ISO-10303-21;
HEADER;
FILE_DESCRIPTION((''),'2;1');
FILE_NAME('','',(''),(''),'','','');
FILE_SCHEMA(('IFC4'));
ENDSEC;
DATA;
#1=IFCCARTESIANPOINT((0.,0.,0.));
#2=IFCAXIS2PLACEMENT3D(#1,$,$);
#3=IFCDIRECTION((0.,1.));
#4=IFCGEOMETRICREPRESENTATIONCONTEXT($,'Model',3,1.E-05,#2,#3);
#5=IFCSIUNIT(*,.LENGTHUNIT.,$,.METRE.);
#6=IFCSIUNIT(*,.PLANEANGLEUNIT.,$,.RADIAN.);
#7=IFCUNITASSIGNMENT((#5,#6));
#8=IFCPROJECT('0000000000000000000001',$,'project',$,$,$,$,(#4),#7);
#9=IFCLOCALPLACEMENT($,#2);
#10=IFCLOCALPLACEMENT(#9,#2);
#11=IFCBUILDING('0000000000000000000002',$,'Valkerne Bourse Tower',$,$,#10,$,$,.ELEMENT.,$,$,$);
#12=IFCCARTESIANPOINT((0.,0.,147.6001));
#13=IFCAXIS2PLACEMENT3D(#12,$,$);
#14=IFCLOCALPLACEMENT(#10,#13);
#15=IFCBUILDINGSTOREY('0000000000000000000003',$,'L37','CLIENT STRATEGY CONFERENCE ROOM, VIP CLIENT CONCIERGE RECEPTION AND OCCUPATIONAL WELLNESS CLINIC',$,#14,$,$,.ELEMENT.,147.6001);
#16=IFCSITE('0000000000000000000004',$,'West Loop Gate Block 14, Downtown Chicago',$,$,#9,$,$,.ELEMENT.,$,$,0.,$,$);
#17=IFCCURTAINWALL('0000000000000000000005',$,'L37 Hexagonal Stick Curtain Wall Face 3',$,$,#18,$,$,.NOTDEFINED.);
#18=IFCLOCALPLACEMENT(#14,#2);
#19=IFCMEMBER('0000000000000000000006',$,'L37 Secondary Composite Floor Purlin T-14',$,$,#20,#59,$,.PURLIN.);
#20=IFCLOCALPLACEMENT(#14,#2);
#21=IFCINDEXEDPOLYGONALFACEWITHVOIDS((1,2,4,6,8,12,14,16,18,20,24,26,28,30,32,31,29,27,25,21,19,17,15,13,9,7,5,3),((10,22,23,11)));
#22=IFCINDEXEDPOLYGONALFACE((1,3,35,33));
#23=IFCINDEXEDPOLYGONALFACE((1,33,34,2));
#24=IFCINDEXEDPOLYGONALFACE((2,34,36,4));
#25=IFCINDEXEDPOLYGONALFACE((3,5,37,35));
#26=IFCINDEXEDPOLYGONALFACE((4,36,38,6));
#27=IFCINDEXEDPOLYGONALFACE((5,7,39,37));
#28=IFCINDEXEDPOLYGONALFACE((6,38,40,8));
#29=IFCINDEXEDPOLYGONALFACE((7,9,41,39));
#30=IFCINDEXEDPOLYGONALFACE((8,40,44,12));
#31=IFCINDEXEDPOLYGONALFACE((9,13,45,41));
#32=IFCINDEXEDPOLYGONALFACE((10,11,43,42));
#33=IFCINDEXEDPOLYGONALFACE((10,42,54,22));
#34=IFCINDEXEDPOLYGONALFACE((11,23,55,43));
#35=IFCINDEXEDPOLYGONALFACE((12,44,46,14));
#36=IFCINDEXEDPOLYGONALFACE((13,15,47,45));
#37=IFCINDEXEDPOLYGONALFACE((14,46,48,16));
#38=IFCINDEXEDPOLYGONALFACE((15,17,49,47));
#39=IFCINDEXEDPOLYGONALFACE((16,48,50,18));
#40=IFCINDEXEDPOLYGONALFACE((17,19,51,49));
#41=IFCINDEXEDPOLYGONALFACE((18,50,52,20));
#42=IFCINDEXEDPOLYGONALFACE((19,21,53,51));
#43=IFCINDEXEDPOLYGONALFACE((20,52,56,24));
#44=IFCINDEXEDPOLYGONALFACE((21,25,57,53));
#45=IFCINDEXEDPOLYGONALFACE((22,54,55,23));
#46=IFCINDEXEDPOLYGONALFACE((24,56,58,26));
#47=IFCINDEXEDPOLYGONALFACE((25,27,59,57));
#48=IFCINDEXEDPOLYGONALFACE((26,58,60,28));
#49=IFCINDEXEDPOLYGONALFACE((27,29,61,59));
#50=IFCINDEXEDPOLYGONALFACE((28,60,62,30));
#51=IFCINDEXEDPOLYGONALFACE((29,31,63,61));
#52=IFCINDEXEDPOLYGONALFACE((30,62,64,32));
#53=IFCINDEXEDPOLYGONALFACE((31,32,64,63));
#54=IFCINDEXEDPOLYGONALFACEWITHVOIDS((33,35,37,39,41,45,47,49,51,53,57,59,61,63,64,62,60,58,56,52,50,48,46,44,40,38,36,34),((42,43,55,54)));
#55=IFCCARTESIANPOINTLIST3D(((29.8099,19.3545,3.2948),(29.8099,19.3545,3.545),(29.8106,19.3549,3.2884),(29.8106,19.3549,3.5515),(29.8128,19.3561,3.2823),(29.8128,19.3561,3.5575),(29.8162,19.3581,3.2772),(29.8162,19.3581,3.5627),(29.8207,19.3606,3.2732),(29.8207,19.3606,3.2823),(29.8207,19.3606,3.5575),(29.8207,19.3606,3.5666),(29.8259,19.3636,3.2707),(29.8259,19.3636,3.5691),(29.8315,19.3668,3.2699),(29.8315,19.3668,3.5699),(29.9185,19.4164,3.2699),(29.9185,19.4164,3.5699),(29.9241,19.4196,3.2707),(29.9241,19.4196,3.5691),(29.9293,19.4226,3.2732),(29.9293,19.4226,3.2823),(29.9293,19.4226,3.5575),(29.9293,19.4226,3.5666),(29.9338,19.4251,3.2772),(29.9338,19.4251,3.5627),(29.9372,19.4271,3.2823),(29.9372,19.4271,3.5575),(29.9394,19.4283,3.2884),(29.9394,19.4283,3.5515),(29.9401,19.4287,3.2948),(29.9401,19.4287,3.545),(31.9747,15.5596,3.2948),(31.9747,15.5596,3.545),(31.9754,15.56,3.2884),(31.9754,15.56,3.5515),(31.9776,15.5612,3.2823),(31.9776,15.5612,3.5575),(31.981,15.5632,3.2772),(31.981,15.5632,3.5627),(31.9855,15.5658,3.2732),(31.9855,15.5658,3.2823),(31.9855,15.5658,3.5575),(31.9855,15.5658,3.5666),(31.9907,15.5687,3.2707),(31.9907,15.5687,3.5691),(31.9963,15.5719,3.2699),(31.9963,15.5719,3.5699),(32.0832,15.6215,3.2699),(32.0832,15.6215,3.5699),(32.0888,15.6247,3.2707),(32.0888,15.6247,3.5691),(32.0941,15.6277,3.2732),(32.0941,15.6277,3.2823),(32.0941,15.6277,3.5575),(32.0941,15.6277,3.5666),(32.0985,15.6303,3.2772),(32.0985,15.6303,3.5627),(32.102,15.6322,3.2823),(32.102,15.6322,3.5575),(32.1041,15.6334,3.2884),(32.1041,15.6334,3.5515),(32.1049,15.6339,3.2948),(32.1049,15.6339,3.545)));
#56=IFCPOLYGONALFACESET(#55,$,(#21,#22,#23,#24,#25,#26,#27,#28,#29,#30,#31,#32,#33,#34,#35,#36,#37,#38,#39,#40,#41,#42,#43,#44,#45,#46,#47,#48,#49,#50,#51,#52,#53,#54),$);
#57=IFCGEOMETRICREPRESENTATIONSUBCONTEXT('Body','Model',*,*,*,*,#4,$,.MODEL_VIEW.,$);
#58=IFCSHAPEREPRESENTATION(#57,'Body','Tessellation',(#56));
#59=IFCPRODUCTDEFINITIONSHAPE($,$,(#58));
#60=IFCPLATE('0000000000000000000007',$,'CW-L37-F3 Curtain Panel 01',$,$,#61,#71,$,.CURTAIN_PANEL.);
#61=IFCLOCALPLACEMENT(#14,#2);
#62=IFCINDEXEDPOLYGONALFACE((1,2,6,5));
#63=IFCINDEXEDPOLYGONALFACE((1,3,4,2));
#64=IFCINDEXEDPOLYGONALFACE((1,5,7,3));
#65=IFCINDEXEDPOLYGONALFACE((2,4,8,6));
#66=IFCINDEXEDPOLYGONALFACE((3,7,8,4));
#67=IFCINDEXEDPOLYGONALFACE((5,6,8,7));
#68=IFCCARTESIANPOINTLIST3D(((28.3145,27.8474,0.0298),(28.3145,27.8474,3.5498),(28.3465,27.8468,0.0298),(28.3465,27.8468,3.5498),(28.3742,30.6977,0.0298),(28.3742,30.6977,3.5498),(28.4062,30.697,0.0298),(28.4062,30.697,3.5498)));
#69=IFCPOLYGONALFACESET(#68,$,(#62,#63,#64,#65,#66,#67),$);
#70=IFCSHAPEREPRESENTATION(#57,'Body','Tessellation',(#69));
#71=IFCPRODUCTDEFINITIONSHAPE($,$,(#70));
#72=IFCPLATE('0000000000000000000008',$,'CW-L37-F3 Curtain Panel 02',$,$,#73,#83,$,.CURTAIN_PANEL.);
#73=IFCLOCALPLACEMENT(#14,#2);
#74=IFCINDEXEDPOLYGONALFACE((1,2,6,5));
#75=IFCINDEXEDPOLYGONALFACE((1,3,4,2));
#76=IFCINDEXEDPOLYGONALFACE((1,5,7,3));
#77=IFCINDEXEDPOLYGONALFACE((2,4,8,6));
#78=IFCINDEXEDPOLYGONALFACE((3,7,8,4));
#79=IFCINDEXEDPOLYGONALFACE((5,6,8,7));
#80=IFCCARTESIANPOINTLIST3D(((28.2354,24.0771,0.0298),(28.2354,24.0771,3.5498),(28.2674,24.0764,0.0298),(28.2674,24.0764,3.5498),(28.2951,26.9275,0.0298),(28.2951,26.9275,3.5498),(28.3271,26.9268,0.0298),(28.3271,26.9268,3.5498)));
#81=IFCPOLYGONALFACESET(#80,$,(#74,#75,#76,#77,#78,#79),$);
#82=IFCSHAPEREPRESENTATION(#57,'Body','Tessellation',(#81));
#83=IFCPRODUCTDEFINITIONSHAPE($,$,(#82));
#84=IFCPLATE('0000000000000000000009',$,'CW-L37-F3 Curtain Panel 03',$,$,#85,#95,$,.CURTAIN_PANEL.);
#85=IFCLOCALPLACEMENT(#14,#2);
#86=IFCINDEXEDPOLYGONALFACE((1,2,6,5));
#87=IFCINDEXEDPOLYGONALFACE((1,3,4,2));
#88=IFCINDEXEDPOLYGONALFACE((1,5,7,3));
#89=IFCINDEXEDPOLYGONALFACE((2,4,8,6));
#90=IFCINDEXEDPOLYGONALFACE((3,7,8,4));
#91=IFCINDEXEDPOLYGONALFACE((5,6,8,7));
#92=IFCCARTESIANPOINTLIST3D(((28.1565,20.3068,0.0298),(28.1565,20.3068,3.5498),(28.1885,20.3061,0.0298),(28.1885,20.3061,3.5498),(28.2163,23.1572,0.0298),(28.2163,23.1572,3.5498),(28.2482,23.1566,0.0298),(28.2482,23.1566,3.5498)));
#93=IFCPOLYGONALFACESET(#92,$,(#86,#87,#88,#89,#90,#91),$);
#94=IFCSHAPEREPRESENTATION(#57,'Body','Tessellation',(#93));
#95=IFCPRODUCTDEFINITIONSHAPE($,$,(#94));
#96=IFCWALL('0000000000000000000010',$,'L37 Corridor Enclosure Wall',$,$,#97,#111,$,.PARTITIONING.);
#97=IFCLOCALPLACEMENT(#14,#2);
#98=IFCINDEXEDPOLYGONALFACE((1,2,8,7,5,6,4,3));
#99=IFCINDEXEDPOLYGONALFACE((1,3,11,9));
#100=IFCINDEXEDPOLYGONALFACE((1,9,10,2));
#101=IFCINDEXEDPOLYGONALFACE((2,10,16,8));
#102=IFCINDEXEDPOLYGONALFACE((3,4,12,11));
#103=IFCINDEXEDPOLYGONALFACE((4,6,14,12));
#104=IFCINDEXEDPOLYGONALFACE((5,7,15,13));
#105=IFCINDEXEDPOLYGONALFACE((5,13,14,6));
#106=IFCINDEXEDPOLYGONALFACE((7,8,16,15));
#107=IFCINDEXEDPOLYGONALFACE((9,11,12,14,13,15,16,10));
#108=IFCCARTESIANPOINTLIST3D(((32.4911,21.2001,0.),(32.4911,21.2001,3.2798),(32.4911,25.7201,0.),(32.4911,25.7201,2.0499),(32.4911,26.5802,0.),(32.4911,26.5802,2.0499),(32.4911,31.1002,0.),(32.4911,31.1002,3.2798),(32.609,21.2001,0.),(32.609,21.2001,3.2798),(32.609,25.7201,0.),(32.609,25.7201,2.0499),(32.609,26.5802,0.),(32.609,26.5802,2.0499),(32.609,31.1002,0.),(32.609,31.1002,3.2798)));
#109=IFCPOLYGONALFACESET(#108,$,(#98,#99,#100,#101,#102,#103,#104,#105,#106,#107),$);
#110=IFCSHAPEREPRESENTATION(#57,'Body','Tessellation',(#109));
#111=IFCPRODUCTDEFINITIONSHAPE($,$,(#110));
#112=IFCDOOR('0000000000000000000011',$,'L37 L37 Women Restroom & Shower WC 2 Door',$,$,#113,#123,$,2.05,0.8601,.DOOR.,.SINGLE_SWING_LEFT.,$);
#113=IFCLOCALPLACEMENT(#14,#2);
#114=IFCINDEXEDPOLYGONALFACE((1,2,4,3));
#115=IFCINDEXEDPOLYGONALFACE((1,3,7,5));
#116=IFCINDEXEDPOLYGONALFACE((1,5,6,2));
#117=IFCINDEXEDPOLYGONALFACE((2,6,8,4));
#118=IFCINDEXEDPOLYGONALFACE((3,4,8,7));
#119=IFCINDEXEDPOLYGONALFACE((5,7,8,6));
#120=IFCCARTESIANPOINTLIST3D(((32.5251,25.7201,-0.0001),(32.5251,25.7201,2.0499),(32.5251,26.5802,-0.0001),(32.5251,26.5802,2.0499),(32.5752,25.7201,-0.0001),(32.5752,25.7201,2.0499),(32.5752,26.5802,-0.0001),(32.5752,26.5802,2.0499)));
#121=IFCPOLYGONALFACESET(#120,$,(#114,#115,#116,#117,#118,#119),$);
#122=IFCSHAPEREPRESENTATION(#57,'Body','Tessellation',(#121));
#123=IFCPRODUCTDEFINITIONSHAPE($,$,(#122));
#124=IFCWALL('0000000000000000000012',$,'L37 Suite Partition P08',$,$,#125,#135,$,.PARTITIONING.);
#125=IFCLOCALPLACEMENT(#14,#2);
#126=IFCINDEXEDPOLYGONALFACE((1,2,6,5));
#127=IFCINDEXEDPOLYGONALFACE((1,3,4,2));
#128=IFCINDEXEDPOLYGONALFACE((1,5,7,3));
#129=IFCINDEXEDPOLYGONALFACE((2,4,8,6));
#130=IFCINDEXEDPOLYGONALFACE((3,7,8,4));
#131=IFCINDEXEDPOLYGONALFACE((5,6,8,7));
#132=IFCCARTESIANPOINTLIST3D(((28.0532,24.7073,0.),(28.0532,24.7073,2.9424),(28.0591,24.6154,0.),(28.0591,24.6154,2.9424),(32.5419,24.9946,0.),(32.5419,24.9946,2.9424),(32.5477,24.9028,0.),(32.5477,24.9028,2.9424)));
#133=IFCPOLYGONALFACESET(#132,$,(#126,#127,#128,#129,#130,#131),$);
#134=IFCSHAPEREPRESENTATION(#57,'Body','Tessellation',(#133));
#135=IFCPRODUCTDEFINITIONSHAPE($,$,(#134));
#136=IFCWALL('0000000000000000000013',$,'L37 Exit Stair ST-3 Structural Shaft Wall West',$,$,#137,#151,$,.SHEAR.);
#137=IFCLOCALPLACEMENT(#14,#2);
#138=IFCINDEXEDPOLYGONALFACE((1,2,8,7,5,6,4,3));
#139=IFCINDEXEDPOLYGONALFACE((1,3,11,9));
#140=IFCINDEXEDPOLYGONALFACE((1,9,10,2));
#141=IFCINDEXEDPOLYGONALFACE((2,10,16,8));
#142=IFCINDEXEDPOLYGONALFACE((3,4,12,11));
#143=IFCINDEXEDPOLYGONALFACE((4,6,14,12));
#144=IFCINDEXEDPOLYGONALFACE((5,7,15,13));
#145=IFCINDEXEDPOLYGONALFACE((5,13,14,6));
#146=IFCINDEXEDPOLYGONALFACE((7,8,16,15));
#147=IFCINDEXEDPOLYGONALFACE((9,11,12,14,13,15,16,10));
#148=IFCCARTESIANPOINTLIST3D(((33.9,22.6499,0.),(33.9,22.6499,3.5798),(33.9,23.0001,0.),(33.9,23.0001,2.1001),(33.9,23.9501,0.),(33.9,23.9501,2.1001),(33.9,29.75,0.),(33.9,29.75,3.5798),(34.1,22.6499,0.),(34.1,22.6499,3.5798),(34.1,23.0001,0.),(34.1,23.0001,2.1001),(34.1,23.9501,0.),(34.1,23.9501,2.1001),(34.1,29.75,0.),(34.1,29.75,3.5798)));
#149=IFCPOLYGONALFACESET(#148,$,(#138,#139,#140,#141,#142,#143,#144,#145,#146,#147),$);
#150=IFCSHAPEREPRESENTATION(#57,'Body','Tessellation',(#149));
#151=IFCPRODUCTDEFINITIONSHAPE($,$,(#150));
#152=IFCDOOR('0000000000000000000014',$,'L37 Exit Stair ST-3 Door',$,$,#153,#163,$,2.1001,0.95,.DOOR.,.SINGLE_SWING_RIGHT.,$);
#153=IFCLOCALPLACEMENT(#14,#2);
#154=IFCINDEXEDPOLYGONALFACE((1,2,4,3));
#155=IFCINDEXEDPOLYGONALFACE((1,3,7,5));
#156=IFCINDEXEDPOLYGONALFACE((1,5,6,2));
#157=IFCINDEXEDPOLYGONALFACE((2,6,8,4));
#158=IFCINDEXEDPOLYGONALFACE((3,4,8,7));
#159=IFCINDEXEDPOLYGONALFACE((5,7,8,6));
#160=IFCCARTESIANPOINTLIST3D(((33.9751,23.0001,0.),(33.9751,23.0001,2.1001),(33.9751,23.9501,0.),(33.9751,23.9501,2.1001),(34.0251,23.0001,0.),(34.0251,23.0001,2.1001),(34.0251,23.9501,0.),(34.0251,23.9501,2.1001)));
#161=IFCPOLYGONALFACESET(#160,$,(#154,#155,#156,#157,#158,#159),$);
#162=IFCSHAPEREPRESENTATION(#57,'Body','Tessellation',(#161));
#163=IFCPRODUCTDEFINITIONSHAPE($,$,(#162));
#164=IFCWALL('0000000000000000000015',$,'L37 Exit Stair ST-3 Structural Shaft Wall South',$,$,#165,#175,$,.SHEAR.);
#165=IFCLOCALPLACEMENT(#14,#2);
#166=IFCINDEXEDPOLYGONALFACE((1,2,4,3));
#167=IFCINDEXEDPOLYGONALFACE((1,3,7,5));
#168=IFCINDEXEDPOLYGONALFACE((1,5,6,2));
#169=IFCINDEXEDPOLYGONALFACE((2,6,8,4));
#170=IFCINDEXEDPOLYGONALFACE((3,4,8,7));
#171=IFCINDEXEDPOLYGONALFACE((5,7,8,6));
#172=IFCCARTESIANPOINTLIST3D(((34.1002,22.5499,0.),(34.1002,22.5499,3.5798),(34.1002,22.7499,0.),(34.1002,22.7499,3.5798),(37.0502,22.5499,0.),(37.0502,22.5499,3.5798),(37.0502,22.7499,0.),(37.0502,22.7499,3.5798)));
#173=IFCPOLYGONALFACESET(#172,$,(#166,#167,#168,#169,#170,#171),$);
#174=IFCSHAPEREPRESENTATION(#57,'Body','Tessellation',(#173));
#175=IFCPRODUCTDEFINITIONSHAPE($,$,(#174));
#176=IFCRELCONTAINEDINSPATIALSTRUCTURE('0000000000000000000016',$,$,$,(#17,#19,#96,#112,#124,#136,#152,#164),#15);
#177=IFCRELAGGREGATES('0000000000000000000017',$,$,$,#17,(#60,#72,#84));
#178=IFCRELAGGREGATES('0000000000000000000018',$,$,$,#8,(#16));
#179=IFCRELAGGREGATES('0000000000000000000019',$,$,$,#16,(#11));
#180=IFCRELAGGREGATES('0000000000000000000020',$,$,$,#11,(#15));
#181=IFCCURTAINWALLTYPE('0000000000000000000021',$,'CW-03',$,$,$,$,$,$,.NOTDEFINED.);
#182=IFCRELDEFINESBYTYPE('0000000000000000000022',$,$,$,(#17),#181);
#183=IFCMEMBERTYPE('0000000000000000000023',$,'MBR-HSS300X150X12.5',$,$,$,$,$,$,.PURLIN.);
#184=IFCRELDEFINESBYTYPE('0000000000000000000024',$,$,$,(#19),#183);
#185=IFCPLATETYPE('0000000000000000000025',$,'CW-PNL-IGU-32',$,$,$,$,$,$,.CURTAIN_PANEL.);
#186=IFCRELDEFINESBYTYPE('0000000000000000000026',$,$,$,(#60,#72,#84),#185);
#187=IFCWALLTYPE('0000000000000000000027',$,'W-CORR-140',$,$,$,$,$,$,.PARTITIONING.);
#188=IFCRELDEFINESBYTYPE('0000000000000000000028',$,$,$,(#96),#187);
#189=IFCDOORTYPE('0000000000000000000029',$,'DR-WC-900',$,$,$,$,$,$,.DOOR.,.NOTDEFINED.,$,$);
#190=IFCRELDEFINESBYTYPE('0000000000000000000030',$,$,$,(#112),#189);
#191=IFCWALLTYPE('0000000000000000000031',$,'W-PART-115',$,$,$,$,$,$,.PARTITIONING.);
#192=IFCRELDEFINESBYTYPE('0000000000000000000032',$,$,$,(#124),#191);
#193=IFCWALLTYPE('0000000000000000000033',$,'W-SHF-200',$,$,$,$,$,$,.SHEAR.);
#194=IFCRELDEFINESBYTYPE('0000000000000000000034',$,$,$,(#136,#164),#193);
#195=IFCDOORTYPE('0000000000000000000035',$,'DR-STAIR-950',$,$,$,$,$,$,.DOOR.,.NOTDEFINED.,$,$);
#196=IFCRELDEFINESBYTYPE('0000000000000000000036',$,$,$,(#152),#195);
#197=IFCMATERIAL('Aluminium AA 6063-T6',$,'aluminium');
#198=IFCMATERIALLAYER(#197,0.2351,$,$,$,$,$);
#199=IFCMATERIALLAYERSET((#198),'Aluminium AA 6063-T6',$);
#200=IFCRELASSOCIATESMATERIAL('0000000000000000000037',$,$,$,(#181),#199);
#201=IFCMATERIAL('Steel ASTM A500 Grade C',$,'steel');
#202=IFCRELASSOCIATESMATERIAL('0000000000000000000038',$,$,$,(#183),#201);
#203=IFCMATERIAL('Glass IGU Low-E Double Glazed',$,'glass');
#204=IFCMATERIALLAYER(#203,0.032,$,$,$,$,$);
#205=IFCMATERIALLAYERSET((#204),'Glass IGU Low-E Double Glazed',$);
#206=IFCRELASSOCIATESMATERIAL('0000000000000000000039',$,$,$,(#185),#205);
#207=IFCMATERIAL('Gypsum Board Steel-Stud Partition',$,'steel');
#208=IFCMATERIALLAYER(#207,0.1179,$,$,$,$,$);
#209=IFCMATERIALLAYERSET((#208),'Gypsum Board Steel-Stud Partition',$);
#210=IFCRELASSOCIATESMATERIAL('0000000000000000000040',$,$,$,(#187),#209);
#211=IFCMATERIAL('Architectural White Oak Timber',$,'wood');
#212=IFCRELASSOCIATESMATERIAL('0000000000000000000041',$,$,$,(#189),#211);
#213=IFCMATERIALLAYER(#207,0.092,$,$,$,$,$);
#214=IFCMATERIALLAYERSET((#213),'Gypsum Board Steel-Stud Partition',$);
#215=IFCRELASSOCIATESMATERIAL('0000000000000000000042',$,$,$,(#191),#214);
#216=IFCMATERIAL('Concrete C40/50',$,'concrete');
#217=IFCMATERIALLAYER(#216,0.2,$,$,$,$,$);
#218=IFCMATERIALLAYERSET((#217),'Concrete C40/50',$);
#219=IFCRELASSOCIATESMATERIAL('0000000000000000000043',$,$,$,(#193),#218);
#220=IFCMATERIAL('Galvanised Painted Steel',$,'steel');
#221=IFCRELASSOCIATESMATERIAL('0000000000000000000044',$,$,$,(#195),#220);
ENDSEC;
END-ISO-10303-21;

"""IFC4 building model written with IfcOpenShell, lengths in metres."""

from ifc_helpers import new_model, si_unit, direction, frame, frame_2d, origin, origin_2d, place, context, subcontext, project, spatial, rectangle, hollow_rectangle, extrude, material, layer, layer_set, material_profile, profile_set, type_object, element, fill, aggregate, save


model = new_model("IFC4")

# Units and contexts
model_context = context("Model", 3, precision=1e-05, world=origin(), true_north=direction((0.0, 1.0)))
body_context = subcontext(model_context, "Body", "Model", "MODEL_VIEW")
ifc_project = project(units=[si_unit("LENGTHUNIT", "METRE"), si_unit("PLANEANGLEUNIT", "RADIAN")], contexts=[model_context])

# Site, building, storey
site_placement = place(None, origin())
site = spatial("IfcSite", under=ifc_project, at=site_placement, Name="West Loop Gate Block 14, Downtown Chicago", CompositionType="ELEMENT", RefElevation=0.0)
building_placement = place(site_placement, origin())
building = spatial("IfcBuilding", under=site, at=building_placement, Name="Valkerne Bourse Tower", CompositionType="ELEMENT")
storey_placement = place(building_placement, frame((0.0, 0.0, 147.6001)))
storey = spatial("IfcBuildingStorey", under=building, at=storey_placement, Name="L37", Description="CLIENT STRATEGY CONFERENCE ROOM, VIP CLIENT CONCIERGE RECEPTION AND OCCUPATIONAL WELLNESS CLINIC", CompositionType="ELEMENT", Elevation=147.6001)

# Curtain wall
ifc_material_1 = material(Name="Aluminium AA 6063-T6", Category="aluminium")
ifc_layer_1 = layer(ifc_material_1, 0.2351)
ifc_layer_set_1 = layer_set([ifc_layer_1], Name="Aluminium AA 6063-T6")
curtain_wall_type = type_object("IfcCurtainWallType", Name="CW-03", PredefinedType="NOTDEFINED", material=ifc_layer_set_1)
curtain_wall_placement = place(storey_placement, origin())
curtain_wall = element("IfcCurtainWall", 1, at=curtain_wall_placement, inside=storey, type_object=curtain_wall_type, Name="L37 Hexagonal Stick Curtain Wall Face 3", PredefinedType="NOTDEFINED")

# Member
ifc_material_2 = material(Name="Steel ASTM A500 Grade C", Category="steel")
ifc_material_profile_1 = material_profile(ifc_material_2, hollow_rectangle(XDim=0.1499, YDim=0.3, WallThickness=0.0125, OuterFilletRadius=0.0249, at=origin_2d()), Name="HSS300X150X12.5")
ifc_profile_set_1 = profile_set([ifc_material_profile_1], Name="Steel ASTM A500 Grade C")
member_type_1 = type_object("IfcMemberType", Name="MBR-HSS300X150X12.5", PredefinedType="PURLIN", material=ifc_profile_set_1)
member_1_placement = place(storey_placement, frame((29.875, 19.3916, 3.4199), z_axis=(0.495495, -0.868611, 0.0), x_axis=(0.868611, 0.495495, 0.0)))
element("IfcMember", 2, at=member_1_placement, inside=storey, type_object=member_type_1, Name="L37 Secondary Composite Floor Purlin T-14", PredefinedType="PURLIN", context=body_context, shape_type="SweptSolid", body=[
    extrude(hollow_rectangle(XDim=0.1499, YDim=0.3, WallThickness=0.0125, OuterFilletRadius=0.0249, at=origin_2d()), origin(), (0.0, 0.0, 1.0), 4.3689),
])

# Plates
ifc_material_3 = material(Name="Glass IGU Low-E Double Glazed", Category="glass")
ifc_layer_2 = layer(ifc_material_3, 0.032)
ifc_layer_set_2 = layer_set([ifc_layer_2], Name="Glass IGU Low-E Double Glazed")
plate_type = type_object("IfcPlateType", Name="CW-PNL-IGU-32", PredefinedType="CURTAIN_PANEL", material=ifc_layer_set_2)
plate_1_placement = place(storey_placement, frame((28.3604, 29.2722, 0.0298), z_axis=(0.0, 0.0, 1.0), x_axis=(-0.02095, -0.999781, 0.0)))
plate_1 = element("IfcPlate", 3, at=plate_1_placement, type_object=plate_type, Name="CW-L37-F3 Curtain Panel 01", PredefinedType="CURTAIN_PANEL", context=body_context, shape_type="SweptSolid", body=[
    extrude(rectangle(XDim=2.8508, YDim=0.032, at=origin_2d()), origin(), (0.0, 0.0, 1.0), 3.52),
])
plate_2_placement = place(storey_placement, frame((28.2812, 25.502, 0.0298), z_axis=(0.0, 0.0, 1.0), x_axis=(-0.020923, -0.999781, 0.0)))
plate_2 = element("IfcPlate", 4, at=plate_2_placement, type_object=plate_type, Name="CW-L37-F3 Curtain Panel 02", PredefinedType="CURTAIN_PANEL", context=body_context, shape_type="SweptSolid", body=[
    extrude(rectangle(XDim=2.8511, YDim=0.032, at=origin_2d()), origin(), (0.0, 0.0, 1.0), 3.52),
])
plate_3_placement = place(storey_placement, frame((28.2024, 21.7317, 0.0298), z_axis=(0.0, 0.0, 1.0), x_axis=(-0.020949, -0.999781, 0.0)))
plate_3 = element("IfcPlate", 5, at=plate_3_placement, type_object=plate_type, Name="CW-L37-F3 Curtain Panel 03", PredefinedType="CURTAIN_PANEL", context=body_context, shape_type="SweptSolid", body=[
    extrude(rectangle(XDim=2.8511, YDim=0.032, at=origin_2d()), origin(), (0.0, 0.0, 1.0), 3.52),
])
aggregate(curtain_wall, [plate_1, plate_2, plate_3])

# Wall, opening, door
ifc_material_4 = material(Name="Gypsum Board Steel-Stud Partition", Category="steel")
ifc_layer_3 = layer(ifc_material_4, 0.1179)
ifc_layer_set_3 = layer_set([ifc_layer_3], Name="Gypsum Board Steel-Stud Partition")
wall_type_1 = type_object("IfcWallType", Name="W-CORR-140", PredefinedType="PARTITIONING", material=ifc_layer_set_3)
wall_1_placement = place(storey_placement, frame((32.55, 21.2, 0.0), z_axis=(0.0, 0.0, 1.0), x_axis=(0.0, 1.0, 0.0)))
wall_1 = element("IfcWall", 6, at=wall_1_placement, inside=storey, type_object=wall_type_1, Name="L37 Corridor Enclosure Wall", PredefinedType="PARTITIONING", context=body_context, shape_type="SweptSolid", body=[
    extrude(rectangle(XDim=9.9001, YDim=0.1179, at=frame_2d((4.9502, 0.0))), origin(), (0.0, 0.0, 1.0), 3.2798),
])
opening_1_placement = place(wall_1_placement, frame((4.52, 0.0, 0.0)))
opening_1 = element("IfcOpeningElement", 7, at=opening_1_placement, cuts=wall_1, PredefinedType="OPENING", context=body_context, shape_type="SweptSolid", body=[
    extrude(rectangle(XDim=0.8601, YDim=2.05, at=frame_2d((0.4302, 1.0249))), frame((0.0, 0.0688, 0.0), z_axis=(0.0, -1.0, 0.0), x_axis=(1.0, 0.0, 0.0)), (0.0, 0.0, 1.0), 0.1379),
])
ifc_material_5 = material(Name="Architectural White Oak Timber", Category="wood")
door_type_1 = type_object("IfcDoorType", Name="DR-WC-900", OperationType="NOTDEFINED", PredefinedType="DOOR", material=ifc_material_5)
door_1_placement = place(opening_1_placement, origin())
door_1 = element("IfcDoor", 8, at=door_1_placement, inside=storey, type_object=door_type_1, Name="L37 L37 Women Restroom & Shower WC 2 Door", OperationType="SINGLE_SWING_LEFT", OverallHeight=2.05, OverallWidth=0.8601, PredefinedType="DOOR", context=body_context, shape_type="SweptSolid", body=[
    extrude(rectangle(XDim=0.8601, YDim=2.05, at=frame_2d((0.4302, 1.0249))), frame((0.0, 0.0249, 0.0), z_axis=(0.0, -1.0, 0.0), x_axis=(1.0, 0.0, 0.0)), (0.0, 0.0, 1.0), 0.05),
])
fill(opening_1, door_1)

# Wall
ifc_layer_4 = layer(ifc_material_4, 0.092)
ifc_layer_set_4 = layer_set([ifc_layer_4], Name="Gypsum Board Steel-Stud Partition")
wall_type_2 = type_object("IfcWallType", Name="W-PART-115", PredefinedType="PARTITIONING", material=ifc_layer_set_4)
wall_2_placement = place(storey_placement, frame((32.5449, 24.9487, 0.0), z_axis=(0.0, 0.0, 1.0), x_axis=(-0.997957, -0.063889, 0.0)))
element("IfcWall", 9, at=wall_2_placement, inside=storey, type_object=wall_type_2, Name="L37 Suite Partition P08", PredefinedType="PARTITIONING", context=body_context, shape_type="SweptSolid", body=[
    extrude(rectangle(XDim=4.4978, YDim=0.092, at=frame_2d((2.249, 0.0))), origin(), (0.0, 0.0, 1.0), 2.9424),
])

# Wall, opening, door
ifc_material_6 = material(Name="Concrete C40/50", Category="concrete")
ifc_layer_5 = layer(ifc_material_6, 0.2)
ifc_layer_set_5 = layer_set([ifc_layer_5], Name="Concrete C40/50")
wall_type_3 = type_object("IfcWallType", Name="W-SHF-200", PredefinedType="SHEAR", material=ifc_layer_set_5)
wall_3_placement = place(storey_placement, frame((34.0, 22.6499, 0.0), z_axis=(0.0, 0.0, 1.0), x_axis=(0.0, 1.0, 0.0)))
wall_3 = element("IfcWall", 10, at=wall_3_placement, inside=storey, type_object=wall_type_3, Name="L37 Exit Stair ST-3 Structural Shaft Wall West", PredefinedType="SHEAR", context=body_context, shape_type="SweptSolid", body=[
    extrude(rectangle(XDim=7.1001, YDim=0.2, at=frame_2d((3.55, 0.0))), origin(), (0.0, 0.0, 1.0), 3.5798),
])
opening_2_placement = place(wall_3_placement, frame((0.3501, 0.0, 0.0)))
opening_2 = element("IfcOpeningElement", 11, at=opening_2_placement, cuts=wall_3, PredefinedType="OPENING", context=body_context, shape_type="SweptSolid", body=[
    extrude(rectangle(XDim=0.95, YDim=2.1001, at=frame_2d((0.4751, 1.05))), frame((0.0, 0.1099, 0.0), z_axis=(0.0, -1.0, 0.0), x_axis=(1.0, 0.0, 0.0)), (0.0, 0.0, 1.0), 0.22),
])
ifc_material_7 = material(Name="Galvanised Painted Steel", Category="steel")
door_type_2 = type_object("IfcDoorType", Name="DR-STAIR-950", OperationType="NOTDEFINED", PredefinedType="DOOR", material=ifc_material_7)
door_2_placement = place(opening_2_placement, origin())
door_2 = element("IfcDoor", 12, at=door_2_placement, inside=storey, type_object=door_type_2, Name="L37 Exit Stair ST-3 Door", OperationType="SINGLE_SWING_RIGHT", OverallHeight=2.1001, OverallWidth=0.95, PredefinedType="DOOR", context=body_context, shape_type="SweptSolid", body=[
    extrude(rectangle(XDim=0.95, YDim=2.1001, at=frame_2d((0.4751, 1.05))), frame((0.0, 0.0249, 0.0), z_axis=(0.0, -1.0, 0.0), x_axis=(1.0, 0.0, 0.0)), (0.0, 0.0, 1.0), 0.05),
])
fill(opening_2, door_2)

# Wall
wall_4_placement = place(storey_placement, frame((34.1001, 22.6499, 0.0), z_axis=(0.0, 0.0, 1.0), x_axis=(1.0, 0.0, 0.0)))
element("IfcWall", 13, at=wall_4_placement, inside=storey, type_object=wall_type_3, Name="L37 Exit Stair ST-3 Structural Shaft Wall South", PredefinedType="SHEAR", context=body_context, shape_type="SweptSolid", body=[
    extrude(rectangle(XDim=2.95, YDim=0.2, at=frame_2d((1.4751, 0.0))), origin(), (0.0, 0.0, 1.0), 3.5798),
])

save(model, "model.ifc")
